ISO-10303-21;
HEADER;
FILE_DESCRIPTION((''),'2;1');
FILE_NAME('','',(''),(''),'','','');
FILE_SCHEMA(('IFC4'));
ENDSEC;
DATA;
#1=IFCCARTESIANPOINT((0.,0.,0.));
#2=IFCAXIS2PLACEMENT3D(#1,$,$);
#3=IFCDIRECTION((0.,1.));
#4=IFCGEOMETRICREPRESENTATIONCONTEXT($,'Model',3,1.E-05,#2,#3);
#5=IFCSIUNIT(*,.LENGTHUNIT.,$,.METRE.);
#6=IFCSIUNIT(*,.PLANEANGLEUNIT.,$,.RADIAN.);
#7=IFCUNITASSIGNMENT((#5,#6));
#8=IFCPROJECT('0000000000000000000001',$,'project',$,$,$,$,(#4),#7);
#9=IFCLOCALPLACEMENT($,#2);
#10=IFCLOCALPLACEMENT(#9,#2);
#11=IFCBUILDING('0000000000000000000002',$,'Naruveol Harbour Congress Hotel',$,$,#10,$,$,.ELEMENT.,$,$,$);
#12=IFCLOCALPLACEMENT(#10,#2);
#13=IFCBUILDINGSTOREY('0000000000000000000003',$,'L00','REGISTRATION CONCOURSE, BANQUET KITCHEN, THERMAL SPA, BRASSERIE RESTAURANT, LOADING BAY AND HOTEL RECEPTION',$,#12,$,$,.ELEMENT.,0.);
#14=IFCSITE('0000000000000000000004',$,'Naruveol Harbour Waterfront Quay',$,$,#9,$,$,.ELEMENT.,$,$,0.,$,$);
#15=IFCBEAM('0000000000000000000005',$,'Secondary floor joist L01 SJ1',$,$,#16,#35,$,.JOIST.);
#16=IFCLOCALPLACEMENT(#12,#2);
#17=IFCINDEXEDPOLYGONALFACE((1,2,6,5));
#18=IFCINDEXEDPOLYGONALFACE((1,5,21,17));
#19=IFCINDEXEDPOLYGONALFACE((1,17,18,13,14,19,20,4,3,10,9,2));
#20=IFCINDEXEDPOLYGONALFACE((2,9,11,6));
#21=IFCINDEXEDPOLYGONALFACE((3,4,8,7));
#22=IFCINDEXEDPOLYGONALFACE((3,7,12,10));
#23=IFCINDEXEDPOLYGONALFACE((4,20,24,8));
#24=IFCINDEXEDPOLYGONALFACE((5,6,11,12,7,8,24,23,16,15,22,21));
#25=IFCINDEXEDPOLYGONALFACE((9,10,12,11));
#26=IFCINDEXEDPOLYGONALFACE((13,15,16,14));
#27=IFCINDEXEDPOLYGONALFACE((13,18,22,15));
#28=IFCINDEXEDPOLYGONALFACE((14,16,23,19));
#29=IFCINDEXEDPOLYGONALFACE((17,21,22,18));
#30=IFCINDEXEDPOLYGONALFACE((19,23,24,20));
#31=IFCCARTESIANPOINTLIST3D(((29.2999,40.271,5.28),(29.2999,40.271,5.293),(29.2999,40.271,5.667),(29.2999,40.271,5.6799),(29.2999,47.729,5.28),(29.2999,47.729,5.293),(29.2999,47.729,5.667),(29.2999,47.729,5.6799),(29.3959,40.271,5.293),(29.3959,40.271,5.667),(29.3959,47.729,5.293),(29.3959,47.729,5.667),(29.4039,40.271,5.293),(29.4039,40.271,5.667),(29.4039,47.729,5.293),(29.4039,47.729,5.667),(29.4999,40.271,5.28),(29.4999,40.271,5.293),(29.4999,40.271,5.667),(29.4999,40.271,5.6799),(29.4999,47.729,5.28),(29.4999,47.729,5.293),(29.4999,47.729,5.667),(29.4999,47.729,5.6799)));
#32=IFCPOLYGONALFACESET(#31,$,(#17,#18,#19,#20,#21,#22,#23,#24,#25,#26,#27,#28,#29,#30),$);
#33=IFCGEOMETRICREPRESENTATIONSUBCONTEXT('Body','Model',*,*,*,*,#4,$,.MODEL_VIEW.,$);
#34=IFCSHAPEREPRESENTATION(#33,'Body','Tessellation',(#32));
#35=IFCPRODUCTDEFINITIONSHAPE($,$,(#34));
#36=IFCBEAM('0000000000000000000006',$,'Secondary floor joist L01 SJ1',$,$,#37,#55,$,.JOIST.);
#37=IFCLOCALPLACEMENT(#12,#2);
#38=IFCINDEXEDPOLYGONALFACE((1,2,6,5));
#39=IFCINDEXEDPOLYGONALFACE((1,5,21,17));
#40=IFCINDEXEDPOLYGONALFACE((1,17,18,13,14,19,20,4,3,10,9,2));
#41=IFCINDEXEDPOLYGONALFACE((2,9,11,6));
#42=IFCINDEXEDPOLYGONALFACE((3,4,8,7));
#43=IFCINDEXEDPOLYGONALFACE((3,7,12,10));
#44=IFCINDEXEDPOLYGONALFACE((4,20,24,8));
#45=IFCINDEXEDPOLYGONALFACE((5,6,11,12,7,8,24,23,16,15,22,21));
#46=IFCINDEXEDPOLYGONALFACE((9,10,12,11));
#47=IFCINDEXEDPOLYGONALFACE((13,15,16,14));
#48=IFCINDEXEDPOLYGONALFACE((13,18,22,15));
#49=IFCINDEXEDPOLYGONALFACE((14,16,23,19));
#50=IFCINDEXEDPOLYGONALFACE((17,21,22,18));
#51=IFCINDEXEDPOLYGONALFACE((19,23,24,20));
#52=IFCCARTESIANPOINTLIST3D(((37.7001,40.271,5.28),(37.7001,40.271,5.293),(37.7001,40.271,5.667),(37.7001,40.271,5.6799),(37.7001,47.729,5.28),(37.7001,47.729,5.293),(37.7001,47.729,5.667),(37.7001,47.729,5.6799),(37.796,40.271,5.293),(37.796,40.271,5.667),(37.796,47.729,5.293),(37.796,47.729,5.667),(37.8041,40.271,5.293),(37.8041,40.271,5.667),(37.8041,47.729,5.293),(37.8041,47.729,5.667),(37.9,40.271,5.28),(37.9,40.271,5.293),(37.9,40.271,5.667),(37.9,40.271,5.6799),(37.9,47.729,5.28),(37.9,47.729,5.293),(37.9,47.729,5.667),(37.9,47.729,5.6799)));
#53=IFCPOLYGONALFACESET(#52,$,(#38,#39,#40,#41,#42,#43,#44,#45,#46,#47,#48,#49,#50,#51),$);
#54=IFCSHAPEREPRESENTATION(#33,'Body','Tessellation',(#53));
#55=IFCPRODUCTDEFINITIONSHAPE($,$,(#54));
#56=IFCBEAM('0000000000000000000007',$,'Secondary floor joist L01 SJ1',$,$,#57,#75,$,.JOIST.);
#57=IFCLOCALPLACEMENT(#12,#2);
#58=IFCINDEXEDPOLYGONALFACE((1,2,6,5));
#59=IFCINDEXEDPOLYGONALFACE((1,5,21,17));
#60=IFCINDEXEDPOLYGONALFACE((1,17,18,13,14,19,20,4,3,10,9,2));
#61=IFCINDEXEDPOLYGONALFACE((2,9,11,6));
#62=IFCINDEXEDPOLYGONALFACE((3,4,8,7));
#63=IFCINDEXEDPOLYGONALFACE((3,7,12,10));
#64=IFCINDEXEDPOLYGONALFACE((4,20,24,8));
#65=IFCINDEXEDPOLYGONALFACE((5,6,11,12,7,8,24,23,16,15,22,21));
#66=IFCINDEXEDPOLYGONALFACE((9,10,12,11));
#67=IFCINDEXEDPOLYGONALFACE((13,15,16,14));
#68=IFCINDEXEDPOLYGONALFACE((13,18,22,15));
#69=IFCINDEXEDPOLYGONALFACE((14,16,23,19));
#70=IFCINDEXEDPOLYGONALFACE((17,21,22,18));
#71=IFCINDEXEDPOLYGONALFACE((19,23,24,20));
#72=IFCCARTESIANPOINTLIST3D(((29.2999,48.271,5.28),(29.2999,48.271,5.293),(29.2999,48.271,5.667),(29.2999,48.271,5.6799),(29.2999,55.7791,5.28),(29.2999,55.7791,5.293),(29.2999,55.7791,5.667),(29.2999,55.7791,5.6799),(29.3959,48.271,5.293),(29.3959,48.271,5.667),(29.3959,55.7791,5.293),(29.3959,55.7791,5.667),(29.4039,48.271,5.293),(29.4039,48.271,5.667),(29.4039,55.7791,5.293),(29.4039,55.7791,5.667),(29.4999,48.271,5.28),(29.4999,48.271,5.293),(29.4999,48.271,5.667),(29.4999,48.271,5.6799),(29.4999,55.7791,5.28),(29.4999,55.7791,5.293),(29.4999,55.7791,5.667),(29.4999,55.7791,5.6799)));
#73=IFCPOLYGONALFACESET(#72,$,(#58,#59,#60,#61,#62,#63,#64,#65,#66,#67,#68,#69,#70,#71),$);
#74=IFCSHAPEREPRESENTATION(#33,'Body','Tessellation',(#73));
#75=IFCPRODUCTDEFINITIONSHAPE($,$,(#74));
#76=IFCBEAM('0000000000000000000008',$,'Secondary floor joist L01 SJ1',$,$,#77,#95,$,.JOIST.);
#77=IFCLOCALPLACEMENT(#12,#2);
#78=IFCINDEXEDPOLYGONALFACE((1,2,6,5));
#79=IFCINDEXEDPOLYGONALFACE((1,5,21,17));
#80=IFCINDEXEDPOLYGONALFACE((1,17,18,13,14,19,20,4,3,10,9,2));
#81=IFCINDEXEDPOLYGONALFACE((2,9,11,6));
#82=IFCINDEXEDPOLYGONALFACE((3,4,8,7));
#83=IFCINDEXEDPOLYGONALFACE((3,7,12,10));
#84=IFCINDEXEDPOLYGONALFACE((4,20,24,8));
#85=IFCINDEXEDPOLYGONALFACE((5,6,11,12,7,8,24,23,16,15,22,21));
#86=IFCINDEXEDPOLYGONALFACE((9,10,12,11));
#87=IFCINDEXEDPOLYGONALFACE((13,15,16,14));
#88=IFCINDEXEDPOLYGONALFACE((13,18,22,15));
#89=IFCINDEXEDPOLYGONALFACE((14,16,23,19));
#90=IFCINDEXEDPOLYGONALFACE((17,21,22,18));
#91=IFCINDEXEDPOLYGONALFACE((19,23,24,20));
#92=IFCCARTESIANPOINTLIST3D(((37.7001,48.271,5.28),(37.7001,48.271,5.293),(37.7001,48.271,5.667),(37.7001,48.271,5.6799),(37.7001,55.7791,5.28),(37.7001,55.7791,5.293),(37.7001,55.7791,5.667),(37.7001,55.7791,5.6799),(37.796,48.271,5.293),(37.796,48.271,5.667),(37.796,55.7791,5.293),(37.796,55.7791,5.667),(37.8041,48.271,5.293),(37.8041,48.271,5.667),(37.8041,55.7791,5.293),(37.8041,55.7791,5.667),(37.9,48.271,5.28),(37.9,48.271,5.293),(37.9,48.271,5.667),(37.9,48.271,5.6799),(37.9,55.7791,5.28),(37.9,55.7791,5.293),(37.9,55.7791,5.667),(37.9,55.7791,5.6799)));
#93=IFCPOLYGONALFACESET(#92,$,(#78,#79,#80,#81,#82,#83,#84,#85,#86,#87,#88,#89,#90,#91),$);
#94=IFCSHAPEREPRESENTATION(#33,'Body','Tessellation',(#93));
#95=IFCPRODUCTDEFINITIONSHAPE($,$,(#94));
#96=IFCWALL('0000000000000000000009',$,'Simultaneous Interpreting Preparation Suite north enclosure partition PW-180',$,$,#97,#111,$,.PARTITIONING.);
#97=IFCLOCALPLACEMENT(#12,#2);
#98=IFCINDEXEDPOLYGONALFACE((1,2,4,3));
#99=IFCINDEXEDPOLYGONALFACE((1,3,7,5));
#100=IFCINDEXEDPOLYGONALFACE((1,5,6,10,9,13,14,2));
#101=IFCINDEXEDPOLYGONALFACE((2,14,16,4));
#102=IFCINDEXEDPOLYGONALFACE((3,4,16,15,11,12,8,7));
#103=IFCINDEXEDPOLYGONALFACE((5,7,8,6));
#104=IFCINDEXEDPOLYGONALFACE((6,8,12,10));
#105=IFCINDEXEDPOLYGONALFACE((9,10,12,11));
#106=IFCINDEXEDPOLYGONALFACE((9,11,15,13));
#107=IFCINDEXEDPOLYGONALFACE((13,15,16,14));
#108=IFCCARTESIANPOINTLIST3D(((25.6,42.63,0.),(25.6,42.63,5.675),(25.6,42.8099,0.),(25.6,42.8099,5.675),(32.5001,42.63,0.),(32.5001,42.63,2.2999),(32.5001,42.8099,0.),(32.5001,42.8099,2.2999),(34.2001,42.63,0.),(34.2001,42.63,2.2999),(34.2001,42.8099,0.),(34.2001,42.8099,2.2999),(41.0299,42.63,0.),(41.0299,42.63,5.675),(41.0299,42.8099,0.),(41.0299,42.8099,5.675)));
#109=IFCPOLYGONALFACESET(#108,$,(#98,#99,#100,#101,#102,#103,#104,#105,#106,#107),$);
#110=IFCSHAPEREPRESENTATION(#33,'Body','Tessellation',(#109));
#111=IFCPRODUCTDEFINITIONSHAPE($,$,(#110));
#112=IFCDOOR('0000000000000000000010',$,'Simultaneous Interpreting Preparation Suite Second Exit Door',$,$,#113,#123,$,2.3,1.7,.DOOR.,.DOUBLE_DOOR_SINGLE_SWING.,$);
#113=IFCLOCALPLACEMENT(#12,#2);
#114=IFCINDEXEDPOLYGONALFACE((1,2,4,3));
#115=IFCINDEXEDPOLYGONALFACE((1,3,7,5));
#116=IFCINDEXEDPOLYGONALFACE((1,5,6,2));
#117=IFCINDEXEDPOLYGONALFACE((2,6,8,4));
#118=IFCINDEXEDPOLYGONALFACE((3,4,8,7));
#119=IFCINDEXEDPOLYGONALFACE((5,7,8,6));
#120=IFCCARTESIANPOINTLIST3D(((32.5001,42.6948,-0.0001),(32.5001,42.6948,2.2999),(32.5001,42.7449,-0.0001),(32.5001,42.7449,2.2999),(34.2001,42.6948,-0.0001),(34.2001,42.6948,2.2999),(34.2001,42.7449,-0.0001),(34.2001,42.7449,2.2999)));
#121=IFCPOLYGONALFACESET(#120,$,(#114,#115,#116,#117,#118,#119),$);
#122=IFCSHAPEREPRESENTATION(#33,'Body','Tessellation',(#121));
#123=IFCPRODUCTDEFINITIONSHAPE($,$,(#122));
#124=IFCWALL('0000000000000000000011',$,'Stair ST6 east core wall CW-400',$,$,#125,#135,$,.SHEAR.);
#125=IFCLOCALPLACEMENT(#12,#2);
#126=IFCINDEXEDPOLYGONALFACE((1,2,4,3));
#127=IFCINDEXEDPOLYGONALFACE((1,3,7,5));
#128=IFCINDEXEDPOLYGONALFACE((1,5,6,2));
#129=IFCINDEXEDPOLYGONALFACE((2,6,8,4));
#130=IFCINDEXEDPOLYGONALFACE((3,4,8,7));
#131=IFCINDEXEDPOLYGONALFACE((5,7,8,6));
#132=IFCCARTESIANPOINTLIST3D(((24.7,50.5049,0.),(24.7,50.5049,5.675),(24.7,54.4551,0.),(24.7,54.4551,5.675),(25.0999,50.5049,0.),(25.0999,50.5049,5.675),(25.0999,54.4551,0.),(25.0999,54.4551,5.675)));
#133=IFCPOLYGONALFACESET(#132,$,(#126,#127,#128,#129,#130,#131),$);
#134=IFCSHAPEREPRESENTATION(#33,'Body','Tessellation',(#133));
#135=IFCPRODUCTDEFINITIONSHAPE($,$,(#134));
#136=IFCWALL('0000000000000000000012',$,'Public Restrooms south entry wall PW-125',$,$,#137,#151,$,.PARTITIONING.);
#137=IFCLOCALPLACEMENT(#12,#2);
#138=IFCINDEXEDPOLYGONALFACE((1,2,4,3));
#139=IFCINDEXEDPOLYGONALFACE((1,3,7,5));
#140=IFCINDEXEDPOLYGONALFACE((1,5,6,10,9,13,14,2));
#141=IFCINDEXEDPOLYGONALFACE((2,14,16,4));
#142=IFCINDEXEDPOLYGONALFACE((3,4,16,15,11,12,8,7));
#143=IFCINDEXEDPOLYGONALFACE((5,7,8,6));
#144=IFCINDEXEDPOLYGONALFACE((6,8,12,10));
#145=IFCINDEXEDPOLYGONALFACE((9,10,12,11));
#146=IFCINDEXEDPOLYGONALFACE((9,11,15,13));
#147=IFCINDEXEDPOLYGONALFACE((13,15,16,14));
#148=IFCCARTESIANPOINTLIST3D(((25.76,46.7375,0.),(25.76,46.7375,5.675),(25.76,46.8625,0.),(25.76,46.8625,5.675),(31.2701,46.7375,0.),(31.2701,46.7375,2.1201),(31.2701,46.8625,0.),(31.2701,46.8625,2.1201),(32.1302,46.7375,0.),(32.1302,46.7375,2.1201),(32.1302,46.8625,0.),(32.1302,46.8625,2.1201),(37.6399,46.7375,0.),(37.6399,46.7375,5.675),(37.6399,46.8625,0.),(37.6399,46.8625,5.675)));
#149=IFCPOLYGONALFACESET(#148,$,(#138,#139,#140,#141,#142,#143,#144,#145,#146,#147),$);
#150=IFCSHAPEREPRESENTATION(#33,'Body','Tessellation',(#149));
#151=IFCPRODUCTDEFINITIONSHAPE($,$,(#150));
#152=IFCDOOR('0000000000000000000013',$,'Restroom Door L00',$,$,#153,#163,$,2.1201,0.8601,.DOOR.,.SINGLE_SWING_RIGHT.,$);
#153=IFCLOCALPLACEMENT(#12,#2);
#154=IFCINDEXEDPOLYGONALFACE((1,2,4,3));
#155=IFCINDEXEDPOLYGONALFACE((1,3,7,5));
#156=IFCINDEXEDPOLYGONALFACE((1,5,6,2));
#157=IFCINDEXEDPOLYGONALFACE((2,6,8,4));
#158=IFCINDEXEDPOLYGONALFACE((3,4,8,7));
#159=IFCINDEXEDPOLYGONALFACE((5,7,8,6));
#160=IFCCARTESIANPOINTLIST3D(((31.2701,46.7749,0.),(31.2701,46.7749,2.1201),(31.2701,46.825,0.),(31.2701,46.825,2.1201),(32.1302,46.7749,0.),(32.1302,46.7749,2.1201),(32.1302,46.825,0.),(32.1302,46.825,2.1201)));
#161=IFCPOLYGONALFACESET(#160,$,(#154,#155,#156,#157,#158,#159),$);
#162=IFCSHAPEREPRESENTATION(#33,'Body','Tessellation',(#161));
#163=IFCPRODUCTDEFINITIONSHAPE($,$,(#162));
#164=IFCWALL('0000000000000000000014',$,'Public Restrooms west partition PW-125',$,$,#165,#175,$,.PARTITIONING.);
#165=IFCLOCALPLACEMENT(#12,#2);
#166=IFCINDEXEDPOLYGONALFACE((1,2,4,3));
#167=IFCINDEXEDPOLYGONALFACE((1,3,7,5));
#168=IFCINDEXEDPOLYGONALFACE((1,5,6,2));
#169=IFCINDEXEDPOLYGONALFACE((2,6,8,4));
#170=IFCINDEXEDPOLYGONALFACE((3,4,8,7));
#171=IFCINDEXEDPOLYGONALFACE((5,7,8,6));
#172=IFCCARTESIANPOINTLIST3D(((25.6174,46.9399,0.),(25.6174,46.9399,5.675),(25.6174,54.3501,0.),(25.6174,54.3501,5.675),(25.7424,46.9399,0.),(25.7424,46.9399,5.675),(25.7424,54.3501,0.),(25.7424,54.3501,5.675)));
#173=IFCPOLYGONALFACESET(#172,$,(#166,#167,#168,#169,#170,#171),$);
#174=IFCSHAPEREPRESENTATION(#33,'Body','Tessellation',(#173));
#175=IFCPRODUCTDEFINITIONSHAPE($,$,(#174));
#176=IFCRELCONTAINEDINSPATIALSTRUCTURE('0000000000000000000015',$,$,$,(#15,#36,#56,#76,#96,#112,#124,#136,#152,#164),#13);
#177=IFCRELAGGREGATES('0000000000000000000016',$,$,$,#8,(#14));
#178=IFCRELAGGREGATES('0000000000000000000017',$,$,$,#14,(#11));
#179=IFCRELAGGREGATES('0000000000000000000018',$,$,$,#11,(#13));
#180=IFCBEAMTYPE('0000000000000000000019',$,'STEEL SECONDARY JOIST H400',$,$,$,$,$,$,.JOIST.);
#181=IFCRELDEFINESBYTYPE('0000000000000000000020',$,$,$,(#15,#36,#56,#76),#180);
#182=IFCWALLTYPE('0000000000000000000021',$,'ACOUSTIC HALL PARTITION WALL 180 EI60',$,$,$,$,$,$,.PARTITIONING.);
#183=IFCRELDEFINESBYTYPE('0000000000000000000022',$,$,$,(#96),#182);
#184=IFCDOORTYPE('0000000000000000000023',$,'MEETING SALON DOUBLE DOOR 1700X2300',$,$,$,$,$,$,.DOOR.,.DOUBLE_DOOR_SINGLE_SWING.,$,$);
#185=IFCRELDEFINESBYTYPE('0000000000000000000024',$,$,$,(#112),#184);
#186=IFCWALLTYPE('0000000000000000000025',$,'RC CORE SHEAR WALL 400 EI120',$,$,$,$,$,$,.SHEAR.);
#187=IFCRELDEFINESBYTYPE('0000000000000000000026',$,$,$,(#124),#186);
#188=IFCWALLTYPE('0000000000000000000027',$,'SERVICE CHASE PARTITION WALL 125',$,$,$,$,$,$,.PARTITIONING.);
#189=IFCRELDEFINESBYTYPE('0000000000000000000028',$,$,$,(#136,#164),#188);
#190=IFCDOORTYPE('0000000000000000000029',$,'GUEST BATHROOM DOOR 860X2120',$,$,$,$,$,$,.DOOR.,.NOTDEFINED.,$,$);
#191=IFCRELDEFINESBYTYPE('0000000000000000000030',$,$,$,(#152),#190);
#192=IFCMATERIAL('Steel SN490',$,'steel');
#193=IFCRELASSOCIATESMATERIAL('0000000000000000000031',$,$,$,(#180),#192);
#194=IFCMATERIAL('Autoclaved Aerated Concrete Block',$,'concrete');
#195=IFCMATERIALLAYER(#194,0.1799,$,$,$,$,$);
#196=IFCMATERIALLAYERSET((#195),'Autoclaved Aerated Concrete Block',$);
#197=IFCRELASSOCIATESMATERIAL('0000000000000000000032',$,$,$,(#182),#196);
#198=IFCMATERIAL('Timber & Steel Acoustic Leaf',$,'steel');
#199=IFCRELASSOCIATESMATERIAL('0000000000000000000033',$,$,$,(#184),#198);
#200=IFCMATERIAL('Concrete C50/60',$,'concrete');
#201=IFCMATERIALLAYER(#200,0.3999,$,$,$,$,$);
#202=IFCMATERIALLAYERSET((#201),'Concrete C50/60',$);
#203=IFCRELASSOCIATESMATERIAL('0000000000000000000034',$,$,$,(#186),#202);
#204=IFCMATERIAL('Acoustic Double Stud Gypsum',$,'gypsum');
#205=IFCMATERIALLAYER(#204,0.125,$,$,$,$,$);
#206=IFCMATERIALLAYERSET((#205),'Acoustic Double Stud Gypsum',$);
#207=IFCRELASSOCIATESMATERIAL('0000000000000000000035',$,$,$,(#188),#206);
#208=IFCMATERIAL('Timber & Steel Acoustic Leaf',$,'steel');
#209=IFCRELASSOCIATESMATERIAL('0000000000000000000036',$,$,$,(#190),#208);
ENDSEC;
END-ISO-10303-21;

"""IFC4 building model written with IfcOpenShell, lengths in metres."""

from ifc_helpers import new_model, si_unit, direction, frame, frame_2d, origin, origin_2d, place, context, subcontext, project, spatial, rectangle, i_section, extrude, material, layer, layer_set, material_profile, profile_set, type_object, element, fill, save


model = new_model("IFC4")

# Units and contexts
model_context = context("Model", 3, precision=1e-05, world=origin(), true_north=direction((0.0, 1.0)))
body_context = subcontext(model_context, "Body", "Model", "MODEL_VIEW")
ifc_project = project(units=[si_unit("LENGTHUNIT", "METRE"), si_unit("PLANEANGLEUNIT", "RADIAN")], contexts=[model_context])

# Site, building, storey
site_placement = place(None, origin())
site = spatial("IfcSite", under=ifc_project, at=site_placement, Name="Naruveol Harbour Waterfront Quay", CompositionType="ELEMENT", RefElevation=0.0)
building_placement = place(site_placement, origin())
building = spatial("IfcBuilding", under=site, at=building_placement, Name="Naruveol Harbour Congress Hotel", CompositionType="ELEMENT")
storey_placement = place(building_placement, origin())
storey = spatial("IfcBuildingStorey", under=building, at=storey_placement, Name="L00", Description="REGISTRATION CONCOURSE, BANQUET KITCHEN, THERMAL SPA, BRASSERIE RESTAURANT, LOADING BAY AND HOTEL RECEPTION", CompositionType="ELEMENT", Elevation=0.0)

# Beams
ifc_material_1 = material(Name="Steel SN490", Category="steel")
ifc_material_profile_1 = material_profile(ifc_material_1, i_section(OverallWidth=0.2, OverallDepth=0.3999, WebThickness=0.0081, FlangeThickness=0.0129, at=origin_2d()), Name="H-400x200x8x13")
ifc_profile_set_1 = profile_set([ifc_material_profile_1], Name="Steel SN490")
beam_type_1 = type_object("IfcBeamType", Name="STEEL SECONDARY JOIST H400", PredefinedType="JOIST", material=ifc_profile_set_1)
for number, where, z_axis, x_axis, name in (
    (1, (29.3999, 40.271, 5.48), (0.0, 1.0, 0.0), (-1.0, 0.0, 0.0), "Secondary floor joist L01 SJ1"),
    (2, (37.8, 40.271, 5.48), (0.0, 1.0, 0.0), (-1.0, 0.0, 0.0), "Secondary floor joist L01 SJ1"),
):
    element("IfcBeam", number, at=place(storey_placement, frame(where, z_axis=z_axis, x_axis=x_axis)), inside=storey, type_object=beam_type_1, Name=name, PredefinedType="JOIST", context=body_context, shape_type="SweptSolid", body=[
        extrude(i_section(OverallWidth=0.2, OverallDepth=0.3999, WebThickness=0.0081, FlangeThickness=0.0129, at=origin_2d()), origin(), (0.0, 0.0, 1.0), 7.458),
    ])
for number, where, z_axis, x_axis, name in (
    (3, (29.3999, 48.271, 5.48), (0.0, 1.0, 0.0), (-1.0, 0.0, 0.0), "Secondary floor joist L01 SJ1"),
    (4, (37.8, 48.271, 5.48), (0.0, 1.0, 0.0), (-1.0, 0.0, 0.0), "Secondary floor joist L01 SJ1"),
):
    element("IfcBeam", number, at=place(storey_placement, frame(where, z_axis=z_axis, x_axis=x_axis)), inside=storey, type_object=beam_type_1, Name=name, PredefinedType="JOIST", context=body_context, shape_type="SweptSolid", body=[
        extrude(i_section(OverallWidth=0.2, OverallDepth=0.3999, WebThickness=0.0081, FlangeThickness=0.0129, at=origin_2d()), origin(), (0.0, 0.0, 1.0), 7.5081),
    ])

# Wall, opening, door
ifc_material_2 = material(Name="Autoclaved Aerated Concrete Block", Category="concrete")
ifc_layer_1 = layer(ifc_material_2, 0.1799)
ifc_layer_set_1 = layer_set([ifc_layer_1], Name="Autoclaved Aerated Concrete Block")
wall_type_1 = type_object("IfcWallType", Name="ACOUSTIC HALL PARTITION WALL 180 EI60", PredefinedType="PARTITIONING", material=ifc_layer_set_1)
wall_1_placement = place(storey_placement, frame((25.6001, 42.72, 0.0), z_axis=(0.0, 0.0, 1.0), x_axis=(1.0, 0.0, 0.0)))
wall_1 = element("IfcWall", 5, at=wall_1_placement, inside=storey, type_object=wall_type_1, Name="Simultaneous Interpreting Preparation Suite north enclosure partition PW-180", PredefinedType="PARTITIONING", context=body_context, shape_type="SweptSolid", body=[
    extrude(rectangle(XDim=15.4299, YDim=0.1799, at=frame_2d((7.7148, 0.0))), origin(), (0.0, 0.0, 1.0), 5.675),
])
opening_1_placement = place(wall_1_placement, frame((6.8999, 0.0, 0.0)))
opening_1 = element("IfcOpeningElement", 6, at=opening_1_placement, cuts=wall_1, PredefinedType="OPENING", context=body_context, shape_type="SweptSolid", body=[
    extrude(rectangle(XDim=1.7, YDim=2.3, at=frame_2d((0.8501, 1.1499))), frame((0.0, 0.0999, 0.0), z_axis=(0.0, -1.0, 0.0), x_axis=(1.0, 0.0, 0.0)), (0.0, 0.0, 1.0), 0.2),
])
ifc_material_3 = material(Name="Timber & Steel Acoustic Leaf", Category="steel")
door_type_1 = type_object("IfcDoorType", Name="MEETING SALON DOUBLE DOOR 1700X2300", OperationType="DOUBLE_DOOR_SINGLE_SWING", PredefinedType="DOOR", material=ifc_material_3)
door_1_placement = place(opening_1_placement, origin())
door_1 = element("IfcDoor", 7, at=door_1_placement, inside=storey, type_object=door_type_1, Name="Simultaneous Interpreting Preparation Suite Second Exit Door", OperationType="DOUBLE_DOOR_SINGLE_SWING", OverallHeight=2.3, OverallWidth=1.7, PredefinedType="DOOR", context=body_context, shape_type="SweptSolid", body=[
    extrude(rectangle(XDim=1.7, YDim=2.3, at=frame_2d((0.8501, 1.1499))), frame((0.0, 0.0249, 0.0), z_axis=(0.0, -1.0, 0.0), x_axis=(1.0, 0.0, 0.0)), (0.0, 0.0, 1.0), 0.05),
])
fill(opening_1, door_1)

# Wall
ifc_material_4 = material(Name="Concrete C50/60", Category="concrete")
ifc_layer_2 = layer(ifc_material_4, 0.3999)
ifc_layer_set_2 = layer_set([ifc_layer_2], Name="Concrete C50/60")
wall_type_2 = type_object("IfcWallType", Name="RC CORE SHEAR WALL 400 EI120", PredefinedType="SHEAR", material=ifc_layer_set_2)
wall_2_placement = place(storey_placement, frame((24.8999, 50.5049, 0.0), z_axis=(0.0, 0.0, 1.0), x_axis=(0.0, 1.0, 0.0)))
element("IfcWall", 8, at=wall_2_placement, inside=storey, type_object=wall_type_2, Name="Stair ST6 east core wall CW-400", PredefinedType="SHEAR", context=body_context, shape_type="SweptSolid", body=[
    extrude(rectangle(XDim=3.9502, YDim=0.3999, at=frame_2d((1.9751, 0.0))), origin(), (0.0, 0.0, 1.0), 5.675),
])

# Wall, opening, door
ifc_material_5 = material(Name="Acoustic Double Stud Gypsum", Category="gypsum")
ifc_layer_3 = layer(ifc_material_5, 0.125)
ifc_layer_set_3 = layer_set([ifc_layer_3], Name="Acoustic Double Stud Gypsum")
wall_type_3 = type_object("IfcWallType", Name="SERVICE CHASE PARTITION WALL 125", PredefinedType="PARTITIONING", material=ifc_layer_set_3)
wall_3_placement = place(storey_placement, frame((25.76, 46.8, 0.0), z_axis=(0.0, 0.0, 1.0), x_axis=(1.0, 0.0, 0.0)))
wall_3 = element("IfcWall", 9, at=wall_3_placement, inside=storey, type_object=wall_type_3, Name="Public Restrooms south entry wall PW-125", PredefinedType="PARTITIONING", context=body_context, shape_type="SweptSolid", body=[
    extrude(rectangle(XDim=11.8799, YDim=0.125, at=frame_2d((5.9399, 0.0))), origin(), (0.0, 0.0, 1.0), 5.675),
])
opening_2_placement = place(wall_3_placement, frame((5.51, 0.0, 0.0)))
opening_2 = element("IfcOpeningElement", 10, at=opening_2_placement, cuts=wall_3, PredefinedType="OPENING", context=body_context, shape_type="SweptSolid", body=[
    extrude(rectangle(XDim=0.8601, YDim=2.1201, at=frame_2d((0.4302, 1.0601))), frame((0.0, 0.0725, 0.0), z_axis=(0.0, -1.0, 0.0), x_axis=(1.0, 0.0, 0.0)), (0.0, 0.0, 1.0), 0.145),
])
ifc_material_6 = material(Name="Timber & Steel Acoustic Leaf", Category="steel")
door_type_2 = type_object("IfcDoorType", Name="GUEST BATHROOM DOOR 860X2120", OperationType="NOTDEFINED", PredefinedType="DOOR", material=ifc_material_6)
door_2_placement = place(opening_2_placement, origin())
door_2 = element("IfcDoor", 11, at=door_2_placement, inside=storey, type_object=door_type_2, Name="Restroom Door L00", OperationType="SINGLE_SWING_RIGHT", OverallHeight=2.1201, OverallWidth=0.8601, PredefinedType="DOOR", context=body_context, shape_type="SweptSolid", body=[
    extrude(rectangle(XDim=0.8601, YDim=2.1201, at=frame_2d((0.4302, 1.0601))), frame((0.0, 0.0249, 0.0), z_axis=(0.0, -1.0, 0.0), x_axis=(1.0, 0.0, 0.0)), (0.0, 0.0, 1.0), 0.05),
])
fill(opening_2, door_2)

# Wall
wall_4_placement = place(storey_placement, frame((25.6799, 46.9399, 0.0), z_axis=(0.0, 0.0, 1.0), x_axis=(0.0, 1.0, 0.0)))
element("IfcWall", 12, at=wall_4_placement, inside=storey, type_object=wall_type_3, Name="Public Restrooms west partition PW-125", PredefinedType="PARTITIONING", context=body_context, shape_type="SweptSolid", body=[
    extrude(rectangle(XDim=7.4102, YDim=0.125, at=frame_2d((3.7051, 0.0))), origin(), (0.0, 0.0, 1.0), 5.675),
])

save(model, "model.ifc")
